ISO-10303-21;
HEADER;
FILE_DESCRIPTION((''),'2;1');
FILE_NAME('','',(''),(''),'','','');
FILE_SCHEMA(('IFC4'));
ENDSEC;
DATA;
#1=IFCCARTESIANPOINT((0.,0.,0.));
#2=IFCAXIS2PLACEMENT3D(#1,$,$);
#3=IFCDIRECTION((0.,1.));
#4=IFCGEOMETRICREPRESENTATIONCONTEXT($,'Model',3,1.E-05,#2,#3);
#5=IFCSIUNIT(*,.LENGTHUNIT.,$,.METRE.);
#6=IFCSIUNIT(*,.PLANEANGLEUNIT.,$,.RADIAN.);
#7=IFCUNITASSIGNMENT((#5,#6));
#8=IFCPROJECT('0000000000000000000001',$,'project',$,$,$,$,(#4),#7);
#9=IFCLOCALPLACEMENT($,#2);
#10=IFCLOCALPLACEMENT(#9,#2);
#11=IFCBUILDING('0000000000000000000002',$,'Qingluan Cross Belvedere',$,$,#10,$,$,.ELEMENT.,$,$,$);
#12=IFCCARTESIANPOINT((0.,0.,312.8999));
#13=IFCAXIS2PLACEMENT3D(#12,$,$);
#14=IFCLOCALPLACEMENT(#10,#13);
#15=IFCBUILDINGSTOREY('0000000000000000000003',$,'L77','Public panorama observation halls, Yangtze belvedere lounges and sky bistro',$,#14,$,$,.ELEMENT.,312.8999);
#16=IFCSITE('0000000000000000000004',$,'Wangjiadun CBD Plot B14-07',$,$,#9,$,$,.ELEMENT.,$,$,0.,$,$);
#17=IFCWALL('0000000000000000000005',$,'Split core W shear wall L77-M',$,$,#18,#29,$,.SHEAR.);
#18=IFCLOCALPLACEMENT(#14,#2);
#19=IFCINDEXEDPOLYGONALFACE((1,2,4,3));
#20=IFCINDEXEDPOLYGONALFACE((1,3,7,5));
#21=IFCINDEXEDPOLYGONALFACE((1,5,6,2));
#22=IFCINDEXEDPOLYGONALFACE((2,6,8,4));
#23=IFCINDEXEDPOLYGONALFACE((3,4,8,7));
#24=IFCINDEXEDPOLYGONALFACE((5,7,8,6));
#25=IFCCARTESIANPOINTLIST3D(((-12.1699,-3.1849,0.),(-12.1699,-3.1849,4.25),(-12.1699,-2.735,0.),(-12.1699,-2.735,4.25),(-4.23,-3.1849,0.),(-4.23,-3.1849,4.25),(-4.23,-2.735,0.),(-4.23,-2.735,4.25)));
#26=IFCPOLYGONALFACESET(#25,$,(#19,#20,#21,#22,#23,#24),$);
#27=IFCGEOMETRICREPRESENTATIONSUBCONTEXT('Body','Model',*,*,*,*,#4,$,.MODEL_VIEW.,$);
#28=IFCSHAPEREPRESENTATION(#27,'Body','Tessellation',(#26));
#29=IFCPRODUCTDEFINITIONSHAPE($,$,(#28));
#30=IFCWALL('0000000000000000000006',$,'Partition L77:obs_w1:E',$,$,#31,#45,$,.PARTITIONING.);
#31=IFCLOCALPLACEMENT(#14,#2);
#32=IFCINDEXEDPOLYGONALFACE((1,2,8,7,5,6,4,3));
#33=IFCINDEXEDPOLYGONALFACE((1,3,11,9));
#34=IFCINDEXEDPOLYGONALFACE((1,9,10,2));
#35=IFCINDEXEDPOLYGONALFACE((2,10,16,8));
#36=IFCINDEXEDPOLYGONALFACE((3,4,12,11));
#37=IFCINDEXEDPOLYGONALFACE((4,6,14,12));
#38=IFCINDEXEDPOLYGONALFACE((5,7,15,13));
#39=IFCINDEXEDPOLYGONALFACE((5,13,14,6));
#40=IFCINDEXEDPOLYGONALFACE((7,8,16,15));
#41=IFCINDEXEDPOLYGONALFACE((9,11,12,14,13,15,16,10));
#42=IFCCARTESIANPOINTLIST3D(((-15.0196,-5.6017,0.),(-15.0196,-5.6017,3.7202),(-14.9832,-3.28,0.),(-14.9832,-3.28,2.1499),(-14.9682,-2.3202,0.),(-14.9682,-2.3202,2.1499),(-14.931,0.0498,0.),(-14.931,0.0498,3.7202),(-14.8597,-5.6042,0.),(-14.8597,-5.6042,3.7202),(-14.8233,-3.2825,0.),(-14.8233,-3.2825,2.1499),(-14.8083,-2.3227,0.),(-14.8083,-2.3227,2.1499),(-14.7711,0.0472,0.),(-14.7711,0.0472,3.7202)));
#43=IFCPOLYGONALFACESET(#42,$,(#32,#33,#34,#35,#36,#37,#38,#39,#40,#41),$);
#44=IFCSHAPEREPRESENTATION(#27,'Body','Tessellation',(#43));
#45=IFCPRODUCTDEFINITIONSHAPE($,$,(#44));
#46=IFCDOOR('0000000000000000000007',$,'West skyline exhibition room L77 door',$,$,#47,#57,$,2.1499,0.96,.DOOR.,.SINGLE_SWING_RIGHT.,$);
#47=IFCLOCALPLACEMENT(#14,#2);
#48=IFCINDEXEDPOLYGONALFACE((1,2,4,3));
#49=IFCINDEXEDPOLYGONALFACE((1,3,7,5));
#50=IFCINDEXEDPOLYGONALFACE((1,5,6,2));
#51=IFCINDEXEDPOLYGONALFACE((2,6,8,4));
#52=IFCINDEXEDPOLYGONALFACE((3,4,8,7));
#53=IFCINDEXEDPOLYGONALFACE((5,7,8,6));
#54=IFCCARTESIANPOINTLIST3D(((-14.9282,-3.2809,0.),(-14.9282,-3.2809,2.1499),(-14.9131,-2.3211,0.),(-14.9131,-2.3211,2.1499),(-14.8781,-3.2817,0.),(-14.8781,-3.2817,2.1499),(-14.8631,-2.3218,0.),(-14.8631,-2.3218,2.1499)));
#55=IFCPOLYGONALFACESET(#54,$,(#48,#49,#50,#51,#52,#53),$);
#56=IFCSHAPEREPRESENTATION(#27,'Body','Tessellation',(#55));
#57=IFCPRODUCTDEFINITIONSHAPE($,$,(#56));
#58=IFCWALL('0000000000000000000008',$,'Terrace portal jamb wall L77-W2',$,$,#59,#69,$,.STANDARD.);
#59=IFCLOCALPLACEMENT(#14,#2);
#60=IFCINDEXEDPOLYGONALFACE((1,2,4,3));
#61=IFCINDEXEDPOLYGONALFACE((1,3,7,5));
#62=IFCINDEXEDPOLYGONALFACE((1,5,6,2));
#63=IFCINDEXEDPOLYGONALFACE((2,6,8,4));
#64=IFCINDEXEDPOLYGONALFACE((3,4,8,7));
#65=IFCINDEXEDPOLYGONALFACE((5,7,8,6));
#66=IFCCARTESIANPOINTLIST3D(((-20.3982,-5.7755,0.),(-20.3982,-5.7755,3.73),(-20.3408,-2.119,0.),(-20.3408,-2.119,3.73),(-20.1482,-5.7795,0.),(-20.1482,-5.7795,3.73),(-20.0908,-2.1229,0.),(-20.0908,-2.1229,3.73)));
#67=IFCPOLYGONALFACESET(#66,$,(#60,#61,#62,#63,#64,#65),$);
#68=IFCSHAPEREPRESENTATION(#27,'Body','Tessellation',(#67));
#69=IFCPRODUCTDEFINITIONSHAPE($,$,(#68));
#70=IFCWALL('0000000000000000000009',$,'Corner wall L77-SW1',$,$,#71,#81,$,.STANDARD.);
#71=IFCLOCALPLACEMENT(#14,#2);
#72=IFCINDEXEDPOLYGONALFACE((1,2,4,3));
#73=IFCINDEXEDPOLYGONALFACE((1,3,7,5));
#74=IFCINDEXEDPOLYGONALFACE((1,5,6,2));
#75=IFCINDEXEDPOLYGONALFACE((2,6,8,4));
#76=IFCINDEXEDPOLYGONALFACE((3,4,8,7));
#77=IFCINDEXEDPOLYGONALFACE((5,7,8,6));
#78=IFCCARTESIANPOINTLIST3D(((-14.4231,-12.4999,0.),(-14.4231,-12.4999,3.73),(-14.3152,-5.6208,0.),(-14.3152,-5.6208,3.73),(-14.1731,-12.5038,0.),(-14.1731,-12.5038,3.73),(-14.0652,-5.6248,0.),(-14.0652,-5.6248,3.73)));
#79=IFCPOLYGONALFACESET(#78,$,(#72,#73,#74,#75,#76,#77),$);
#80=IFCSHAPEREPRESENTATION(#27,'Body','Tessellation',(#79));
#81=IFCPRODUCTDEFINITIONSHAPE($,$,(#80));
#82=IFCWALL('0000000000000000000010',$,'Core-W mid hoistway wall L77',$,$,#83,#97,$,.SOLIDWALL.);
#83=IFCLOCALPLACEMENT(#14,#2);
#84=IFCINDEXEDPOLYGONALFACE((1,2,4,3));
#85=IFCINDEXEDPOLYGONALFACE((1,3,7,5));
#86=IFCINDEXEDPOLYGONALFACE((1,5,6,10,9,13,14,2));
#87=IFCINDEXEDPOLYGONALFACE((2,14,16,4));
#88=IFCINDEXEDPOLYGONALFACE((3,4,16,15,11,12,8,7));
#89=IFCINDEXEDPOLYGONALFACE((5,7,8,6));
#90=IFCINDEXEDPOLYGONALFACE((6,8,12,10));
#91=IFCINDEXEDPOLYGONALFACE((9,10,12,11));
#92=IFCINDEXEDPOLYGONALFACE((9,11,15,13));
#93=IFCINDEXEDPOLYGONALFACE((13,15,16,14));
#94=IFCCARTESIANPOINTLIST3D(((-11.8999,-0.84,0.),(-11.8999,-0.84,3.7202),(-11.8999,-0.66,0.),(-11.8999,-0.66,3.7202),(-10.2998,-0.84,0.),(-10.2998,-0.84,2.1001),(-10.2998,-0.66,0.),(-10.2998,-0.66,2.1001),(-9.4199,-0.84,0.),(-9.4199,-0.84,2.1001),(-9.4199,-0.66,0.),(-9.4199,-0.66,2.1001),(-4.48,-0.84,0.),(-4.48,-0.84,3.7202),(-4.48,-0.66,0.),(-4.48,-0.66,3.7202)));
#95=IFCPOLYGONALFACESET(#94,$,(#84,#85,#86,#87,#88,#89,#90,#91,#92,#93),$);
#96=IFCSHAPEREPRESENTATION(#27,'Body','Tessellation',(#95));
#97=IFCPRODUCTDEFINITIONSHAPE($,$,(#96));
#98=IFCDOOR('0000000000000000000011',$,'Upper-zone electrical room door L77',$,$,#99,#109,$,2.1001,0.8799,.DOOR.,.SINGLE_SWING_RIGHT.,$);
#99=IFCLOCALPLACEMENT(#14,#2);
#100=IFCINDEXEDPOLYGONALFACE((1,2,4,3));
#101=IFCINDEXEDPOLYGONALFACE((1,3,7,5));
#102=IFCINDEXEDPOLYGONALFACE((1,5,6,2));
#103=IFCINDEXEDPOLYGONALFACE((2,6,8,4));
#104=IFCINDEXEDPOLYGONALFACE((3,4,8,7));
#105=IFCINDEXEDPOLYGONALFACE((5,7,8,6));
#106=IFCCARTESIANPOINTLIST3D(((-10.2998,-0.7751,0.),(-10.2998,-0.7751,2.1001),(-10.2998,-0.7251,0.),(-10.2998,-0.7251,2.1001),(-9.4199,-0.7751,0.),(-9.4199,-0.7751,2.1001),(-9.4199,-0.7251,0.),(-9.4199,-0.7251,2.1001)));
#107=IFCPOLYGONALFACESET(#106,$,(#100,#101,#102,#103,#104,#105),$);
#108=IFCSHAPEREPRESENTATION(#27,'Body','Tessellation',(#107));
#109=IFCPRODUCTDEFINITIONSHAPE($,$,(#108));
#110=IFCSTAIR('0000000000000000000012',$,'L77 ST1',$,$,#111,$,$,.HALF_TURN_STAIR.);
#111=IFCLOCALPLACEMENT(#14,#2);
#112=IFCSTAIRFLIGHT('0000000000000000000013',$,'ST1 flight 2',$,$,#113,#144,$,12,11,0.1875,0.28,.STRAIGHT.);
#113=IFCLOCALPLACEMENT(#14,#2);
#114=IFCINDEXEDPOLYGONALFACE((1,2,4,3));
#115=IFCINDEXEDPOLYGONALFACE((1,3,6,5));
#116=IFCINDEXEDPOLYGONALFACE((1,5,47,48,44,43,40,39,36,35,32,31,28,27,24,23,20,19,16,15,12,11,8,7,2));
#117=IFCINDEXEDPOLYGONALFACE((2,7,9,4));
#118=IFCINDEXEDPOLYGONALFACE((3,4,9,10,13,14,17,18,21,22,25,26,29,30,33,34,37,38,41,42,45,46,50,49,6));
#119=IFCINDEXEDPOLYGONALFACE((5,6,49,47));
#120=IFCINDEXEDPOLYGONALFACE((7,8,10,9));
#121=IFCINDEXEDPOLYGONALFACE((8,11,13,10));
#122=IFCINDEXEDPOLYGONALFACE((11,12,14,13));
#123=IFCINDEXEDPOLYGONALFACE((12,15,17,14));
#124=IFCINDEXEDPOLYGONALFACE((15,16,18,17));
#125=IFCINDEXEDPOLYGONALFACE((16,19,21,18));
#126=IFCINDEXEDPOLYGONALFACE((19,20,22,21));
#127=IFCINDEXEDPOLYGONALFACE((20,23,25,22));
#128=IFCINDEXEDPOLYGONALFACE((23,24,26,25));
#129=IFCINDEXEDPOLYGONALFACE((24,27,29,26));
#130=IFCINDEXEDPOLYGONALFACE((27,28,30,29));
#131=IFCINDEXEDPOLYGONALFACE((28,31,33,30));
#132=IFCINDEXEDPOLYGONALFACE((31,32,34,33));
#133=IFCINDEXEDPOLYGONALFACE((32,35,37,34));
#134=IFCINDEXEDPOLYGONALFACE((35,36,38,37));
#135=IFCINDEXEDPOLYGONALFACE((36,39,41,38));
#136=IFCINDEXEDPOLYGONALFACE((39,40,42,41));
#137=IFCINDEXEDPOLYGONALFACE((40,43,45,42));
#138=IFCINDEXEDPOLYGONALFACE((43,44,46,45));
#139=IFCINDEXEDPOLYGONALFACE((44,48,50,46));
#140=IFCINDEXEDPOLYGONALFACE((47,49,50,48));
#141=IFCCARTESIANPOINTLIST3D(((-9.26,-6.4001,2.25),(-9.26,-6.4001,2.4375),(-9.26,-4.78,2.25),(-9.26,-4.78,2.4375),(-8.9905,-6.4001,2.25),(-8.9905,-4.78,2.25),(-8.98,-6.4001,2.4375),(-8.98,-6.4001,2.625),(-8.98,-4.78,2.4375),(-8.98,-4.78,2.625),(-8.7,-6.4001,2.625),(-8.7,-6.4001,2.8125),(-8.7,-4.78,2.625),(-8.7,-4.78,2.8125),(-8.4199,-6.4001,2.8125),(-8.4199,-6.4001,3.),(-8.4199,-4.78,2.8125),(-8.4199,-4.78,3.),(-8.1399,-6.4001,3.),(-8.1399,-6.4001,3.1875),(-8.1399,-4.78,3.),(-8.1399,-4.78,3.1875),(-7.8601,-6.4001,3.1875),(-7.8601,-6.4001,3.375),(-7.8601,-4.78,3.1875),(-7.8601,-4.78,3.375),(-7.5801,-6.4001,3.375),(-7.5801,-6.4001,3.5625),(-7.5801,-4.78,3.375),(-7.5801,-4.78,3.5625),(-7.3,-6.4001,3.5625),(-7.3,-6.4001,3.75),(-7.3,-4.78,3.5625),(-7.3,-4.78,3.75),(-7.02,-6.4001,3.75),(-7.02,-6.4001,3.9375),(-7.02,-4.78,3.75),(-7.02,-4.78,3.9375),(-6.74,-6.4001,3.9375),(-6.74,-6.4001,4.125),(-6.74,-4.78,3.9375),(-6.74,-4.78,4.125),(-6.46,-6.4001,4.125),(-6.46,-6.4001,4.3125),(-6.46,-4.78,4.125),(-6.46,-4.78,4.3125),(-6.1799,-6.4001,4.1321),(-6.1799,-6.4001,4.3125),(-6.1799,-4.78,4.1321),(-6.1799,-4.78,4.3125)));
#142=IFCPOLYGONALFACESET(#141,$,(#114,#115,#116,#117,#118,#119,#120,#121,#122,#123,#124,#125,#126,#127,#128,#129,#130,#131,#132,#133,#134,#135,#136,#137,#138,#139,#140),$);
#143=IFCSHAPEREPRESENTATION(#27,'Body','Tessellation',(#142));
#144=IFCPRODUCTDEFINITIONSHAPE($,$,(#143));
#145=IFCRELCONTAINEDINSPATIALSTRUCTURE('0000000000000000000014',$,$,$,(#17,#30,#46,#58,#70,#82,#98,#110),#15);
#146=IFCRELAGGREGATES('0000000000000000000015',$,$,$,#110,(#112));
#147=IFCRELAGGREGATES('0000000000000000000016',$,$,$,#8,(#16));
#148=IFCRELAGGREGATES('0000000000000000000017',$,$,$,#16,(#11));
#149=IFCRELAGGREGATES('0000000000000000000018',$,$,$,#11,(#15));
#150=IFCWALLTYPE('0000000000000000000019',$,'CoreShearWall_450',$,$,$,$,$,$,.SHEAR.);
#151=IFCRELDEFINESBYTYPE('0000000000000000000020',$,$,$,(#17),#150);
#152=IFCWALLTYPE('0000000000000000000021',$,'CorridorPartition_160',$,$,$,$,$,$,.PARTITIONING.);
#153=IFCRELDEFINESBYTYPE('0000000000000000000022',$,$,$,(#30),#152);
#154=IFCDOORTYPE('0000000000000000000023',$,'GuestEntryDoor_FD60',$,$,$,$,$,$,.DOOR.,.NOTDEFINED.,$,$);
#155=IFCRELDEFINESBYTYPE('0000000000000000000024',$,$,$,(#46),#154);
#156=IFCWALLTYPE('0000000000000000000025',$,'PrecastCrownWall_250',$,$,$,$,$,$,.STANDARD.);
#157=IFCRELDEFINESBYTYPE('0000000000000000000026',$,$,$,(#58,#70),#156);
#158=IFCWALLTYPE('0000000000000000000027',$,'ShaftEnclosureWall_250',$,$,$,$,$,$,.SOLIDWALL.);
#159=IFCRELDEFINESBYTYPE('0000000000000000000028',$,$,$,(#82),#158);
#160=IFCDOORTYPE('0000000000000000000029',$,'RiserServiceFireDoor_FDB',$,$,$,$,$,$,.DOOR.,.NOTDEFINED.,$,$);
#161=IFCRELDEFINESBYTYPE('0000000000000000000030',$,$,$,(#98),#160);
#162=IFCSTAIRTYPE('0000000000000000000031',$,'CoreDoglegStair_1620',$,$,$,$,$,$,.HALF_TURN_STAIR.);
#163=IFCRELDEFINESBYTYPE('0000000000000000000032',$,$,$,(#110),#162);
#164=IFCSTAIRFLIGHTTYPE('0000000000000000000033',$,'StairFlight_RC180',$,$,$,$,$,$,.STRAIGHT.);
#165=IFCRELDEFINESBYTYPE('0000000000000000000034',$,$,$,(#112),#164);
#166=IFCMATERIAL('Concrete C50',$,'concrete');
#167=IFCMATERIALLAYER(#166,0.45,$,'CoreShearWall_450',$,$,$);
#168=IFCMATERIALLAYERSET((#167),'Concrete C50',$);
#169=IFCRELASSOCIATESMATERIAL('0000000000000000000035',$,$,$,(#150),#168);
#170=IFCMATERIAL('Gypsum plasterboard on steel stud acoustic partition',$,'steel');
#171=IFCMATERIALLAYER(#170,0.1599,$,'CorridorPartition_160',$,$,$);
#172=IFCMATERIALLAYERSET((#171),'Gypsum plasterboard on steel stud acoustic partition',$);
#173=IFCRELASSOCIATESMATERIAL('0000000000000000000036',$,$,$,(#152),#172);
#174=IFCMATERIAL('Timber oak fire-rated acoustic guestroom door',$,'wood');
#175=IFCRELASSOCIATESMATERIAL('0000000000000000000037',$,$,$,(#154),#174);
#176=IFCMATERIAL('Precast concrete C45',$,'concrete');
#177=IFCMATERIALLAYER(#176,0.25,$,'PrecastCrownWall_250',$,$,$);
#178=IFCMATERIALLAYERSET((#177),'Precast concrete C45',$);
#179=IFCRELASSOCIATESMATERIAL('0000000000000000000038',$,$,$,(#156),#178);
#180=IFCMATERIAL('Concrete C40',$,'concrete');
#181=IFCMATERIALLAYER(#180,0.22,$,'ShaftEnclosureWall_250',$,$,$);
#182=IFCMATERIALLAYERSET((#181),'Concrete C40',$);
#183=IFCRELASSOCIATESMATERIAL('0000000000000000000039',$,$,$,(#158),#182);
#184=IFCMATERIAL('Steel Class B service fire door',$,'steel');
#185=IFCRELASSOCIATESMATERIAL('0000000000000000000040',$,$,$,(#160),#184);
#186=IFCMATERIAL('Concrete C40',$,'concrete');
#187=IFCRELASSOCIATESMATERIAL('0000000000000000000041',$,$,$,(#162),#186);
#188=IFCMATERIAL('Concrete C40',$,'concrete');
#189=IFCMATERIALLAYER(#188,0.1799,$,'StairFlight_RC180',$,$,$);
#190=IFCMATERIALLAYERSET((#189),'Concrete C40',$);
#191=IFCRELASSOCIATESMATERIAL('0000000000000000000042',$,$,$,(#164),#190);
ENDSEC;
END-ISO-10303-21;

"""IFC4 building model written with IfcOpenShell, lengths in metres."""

from ifc_helpers import new_model, si_unit, direction, frame, frame_2d, origin, place, context, subcontext, project, spatial, polyline, rectangle, outline, extrude, material, layer, layer_set, type_object, element, fill, aggregate, save


model = new_model("IFC4")

# Units and contexts
model_context = context("Model", 3, precision=1e-05, world=origin(), true_north=direction((0.0, 1.0)))
body_context = subcontext(model_context, "Body", "Model", "MODEL_VIEW")
ifc_project = project(units=[si_unit("LENGTHUNIT", "METRE"), si_unit("PLANEANGLEUNIT", "RADIAN")], contexts=[model_context])

# Site, building, storey
site_placement = place(None, origin())
site = spatial("IfcSite", under=ifc_project, at=site_placement, Name="Wangjiadun CBD Plot B14-07", CompositionType="ELEMENT", RefElevation=0.0)
building_placement = place(site_placement, origin())
building = spatial("IfcBuilding", under=site, at=building_placement, Name="Qingluan Cross Belvedere", CompositionType="ELEMENT")
storey_placement = place(building_placement, frame((0.0, 0.0, 312.8999)))
storey = spatial("IfcBuildingStorey", under=building, at=storey_placement, Name="L77", Description="Public panorama observation halls, Yangtze belvedere lounges and sky bistro", CompositionType="ELEMENT", Elevation=312.8999)

# Wall
ifc_material_1 = material(Name="Concrete C50", Category="concrete")
ifc_layer_1 = layer(ifc_material_1, 0.45, Name="CoreShearWall_450")
ifc_layer_set_1 = layer_set([ifc_layer_1], Name="Concrete C50")
wall_type_1 = type_object("IfcWallType", Name="CoreShearWall_450", PredefinedType="SHEAR", material=ifc_layer_set_1)
wall_1_placement = place(storey_placement, frame((-12.1699, -2.96, 0.0), z_axis=(0.0, 0.0, 1.0), x_axis=(1.0, 0.0, 0.0)))
element("IfcWall", 1, at=wall_1_placement, inside=storey, type_object=wall_type_1, Name="Split core W shear wall L77-M", PredefinedType="SHEAR", context=body_context, shape_type="SweptSolid", body=[
    extrude(rectangle(XDim=7.9399, YDim=0.45, at=frame_2d((3.97, 0.0))), origin(), (0.0, 0.0, 1.0), 4.25),
])

# Wall, opening, door
ifc_material_2 = material(Name="Gypsum plasterboard on steel stud acoustic partition", Category="steel")
ifc_layer_2 = layer(ifc_material_2, 0.1599, Name="CorridorPartition_160")
ifc_layer_set_2 = layer_set([ifc_layer_2], Name="Gypsum plasterboard on steel stud acoustic partition")
wall_type_2 = type_object("IfcWallType", Name="CorridorPartition_160", PredefinedType="PARTITIONING", material=ifc_layer_set_2)
wall_2_placement = place(storey_placement, frame((-14.9397, -5.603, 0.0), z_axis=(0.0, 0.0, 1.0), x_axis=(0.01568, 0.999877, 0.0)))
wall_2 = element("IfcWall", 2, at=wall_2_placement, inside=storey, type_object=wall_type_2, Name="Partition L77:obs_w1:E", PredefinedType="PARTITIONING", context=body_context, shape_type="SweptSolid", body=[
    extrude(rectangle(XDim=5.6521, YDim=0.1599, at=frame_2d((2.8262, 0.0))), origin(), (0.0, 0.0, 1.0), 3.7202),
])
opening_1_placement = place(wall_2_placement, frame((2.322, 0.0, 0.0)))
opening_1 = element("IfcOpeningElement", 3, at=opening_1_placement, cuts=wall_2, PredefinedType="OPENING", context=body_context, shape_type="SweptSolid", body=[
    extrude(rectangle(XDim=0.96, YDim=2.1499, at=frame_2d((0.48, 1.075))), frame((0.0, 0.0898, 0.0), z_axis=(0.0, -1.0, 0.0), x_axis=(1.0, 0.0, 0.0)), (0.0, 0.0, 1.0), 0.1799),
])
ifc_material_3 = material(Name="Timber oak fire-rated acoustic guestroom door", Category="wood")
door_type_1 = type_object("IfcDoorType", Name="GuestEntryDoor_FD60", OperationType="NOTDEFINED", PredefinedType="DOOR", material=ifc_material_3)
door_1_placement = place(opening_1_placement, origin())
door_1 = element("IfcDoor", 4, at=door_1_placement, inside=storey, type_object=door_type_1, Name="West skyline exhibition room L77 door", OperationType="SINGLE_SWING_RIGHT", OverallHeight=2.1499, OverallWidth=0.96, PredefinedType="DOOR", context=body_context, shape_type="SweptSolid", body=[
    extrude(rectangle(XDim=0.96, YDim=2.1499, at=frame_2d((0.48, 1.075))), frame((0.0, 0.0249, 0.0), z_axis=(0.0, -1.0, 0.0), x_axis=(1.0, 0.0, 0.0)), (0.0, 0.0, 1.0), 0.05),
])
fill(opening_1, door_1)

# Walls
ifc_material_4 = material(Name="Precast concrete C45", Category="concrete")
ifc_layer_3 = layer(ifc_material_4, 0.25, Name="PrecastCrownWall_250")
ifc_layer_set_3 = layer_set([ifc_layer_3], Name="Precast concrete C45")
wall_type_3 = type_object("IfcWallType", Name="PrecastCrownWall_250", PredefinedType="STANDARD", material=ifc_layer_set_3)
wall_3_placement = place(storey_placement, frame((-20.2158, -2.1208, 0.0), z_axis=(0.0, 0.0, 1.0), x_axis=(-0.015689, -0.999877, 0.0)))
element("IfcWall", 5, at=wall_3_placement, inside=storey, type_object=wall_type_3, Name="Terrace portal jamb wall L77-W2", PredefinedType="STANDARD", context=body_context, shape_type="SweptSolid", body=[
    extrude(rectangle(XDim=3.657, YDim=0.25, at=frame_2d((1.8286, 0.0))), origin(), (0.0, 0.0, 1.0), 3.73),
])
wall_4_placement = place(storey_placement, frame((-14.1902, -5.6228, 0.0), z_axis=(0.0, 0.0, 1.0), x_axis=(-0.015685, -0.999877, 0.0)))
element("IfcWall", 6, at=wall_4_placement, inside=storey, type_object=wall_type_3, Name="Corner wall L77-SW1", PredefinedType="STANDARD", context=body_context, shape_type="SweptSolid", body=[
    extrude(rectangle(XDim=6.8799, YDim=0.25, at=frame_2d((3.4399, 0.0))), origin(), (0.0, 0.0, 1.0), 3.73),
])

# Wall, opening, door
ifc_material_5 = material(Name="Concrete C40", Category="concrete")
ifc_layer_4 = layer(ifc_material_5, 0.22, Name="ShaftEnclosureWall_250")
ifc_layer_set_4 = layer_set([ifc_layer_4], Name="Concrete C40")
wall_type_4 = type_object("IfcWallType", Name="ShaftEnclosureWall_250", PredefinedType="SOLIDWALL", material=ifc_layer_set_4)
wall_5_placement = place(storey_placement, frame((-11.8999, -0.75, 0.0), z_axis=(0.0, 0.0, 1.0), x_axis=(1.0, 0.0, 0.0)))
wall_5 = element("IfcWall", 7, at=wall_5_placement, inside=storey, type_object=wall_type_4, Name="Core-W mid hoistway wall L77", PredefinedType="SOLIDWALL", context=body_context, shape_type="SweptSolid", body=[
    extrude(rectangle(XDim=7.4199, YDim=0.1799, at=frame_2d((3.71, 0.0))), origin(), (0.0, 0.0, 1.0), 3.7202),
])
opening_2_placement = place(wall_5_placement, frame((1.6001, 0.0, 0.0)))
opening_2 = element("IfcOpeningElement", 8, at=opening_2_placement, cuts=wall_5, PredefinedType="OPENING", context=body_context, shape_type="SweptSolid", body=[
    extrude(rectangle(XDim=0.8799, YDim=2.1001, at=frame_2d((0.4399, 1.05))), frame((0.0, 0.0999, 0.0), z_axis=(0.0, -1.0, 0.0), x_axis=(1.0, 0.0, 0.0)), (0.0, 0.0, 1.0), 0.2),
])
ifc_material_6 = material(Name="Steel Class B service fire door", Category="steel")
door_type_2 = type_object("IfcDoorType", Name="RiserServiceFireDoor_FDB", OperationType="NOTDEFINED", PredefinedType="DOOR", material=ifc_material_6)
door_2_placement = place(opening_2_placement, origin())
door_2 = element("IfcDoor", 9, at=door_2_placement, inside=storey, type_object=door_type_2, Name="Upper-zone electrical room door L77", OperationType="SINGLE_SWING_RIGHT", OverallHeight=2.1001, OverallWidth=0.8799, PredefinedType="DOOR", context=body_context, shape_type="SweptSolid", body=[
    extrude(rectangle(XDim=0.8799, YDim=2.1001, at=frame_2d((0.4399, 1.05))), frame((0.0, 0.0249, 0.0), z_axis=(0.0, -1.0, 0.0), x_axis=(1.0, 0.0, 0.0)), (0.0, 0.0, 1.0), 0.05),
])
fill(opening_2, door_2)

# Stair, stair flight
ifc_material_7 = material(Name="Concrete C40", Category="concrete")
stair_type = type_object("IfcStairType", Name="CoreDoglegStair_1620", PredefinedType="HALF_TURN_STAIR", material=ifc_material_7)
stair_placement = place(storey_placement, origin())
stair = element("IfcStair", 10, at=stair_placement, inside=storey, type_object=stair_type, Name="L77 ST1", PredefinedType="HALF_TURN_STAIR")
ifc_material_8 = material(Name="Concrete C40", Category="concrete")
ifc_layer_5 = layer(ifc_material_8, 0.1799, Name="StairFlight_RC180")
ifc_layer_set_5 = layer_set([ifc_layer_5], Name="Concrete C40")
stair_flight_type = type_object("IfcStairFlightType", Name="StairFlight_RC180", PredefinedType="STRAIGHT", material=ifc_layer_set_5)
stair_flight_placement = place(storey_placement, frame((-9.26, -5.5901, 2.25), z_axis=(0.0, 0.0, 1.0), x_axis=(1.0, 0.0, 0.0)))
stair_flight = element("IfcStairFlight", 11, at=stair_flight_placement, type_object=stair_flight_type, Name="ST1 flight 2", NumberOfRisers=12, NumberOfTreads=11, PredefinedType="STRAIGHT", RiserHeight=0.1875, TreadLength=0.28, context=body_context, shape_type="SweptSolid", body=[
    extrude(outline(polyline([(0.0, 0.0), (0.0, 0.1875), (0.28, 0.1875), (0.28, 0.375), (0.5601, 0.375), (0.5601, 0.5625), (0.8401, 0.5625), (0.8401, 0.75), (1.1201, 0.75), (1.1201, 0.9375), (1.3999, 0.9375), (1.3999, 1.125), (1.6799, 1.125), (1.6799, 1.3125), (1.96, 1.3125), (1.96, 1.5), (2.24, 1.5), (2.24, 1.6875), (2.52, 1.6875), (2.52, 1.875), (2.8, 1.875), (2.8, 2.0625), (3.0801, 2.0625), (3.0801, 2.25), (3.0801, 1.8821), (0.2695, 0.0), (0.0, 0.0)])), frame((0.0, 0.8101, 0.0), z_axis=(0.0, -1.0, 0.0), x_axis=(1.0, 0.0, 0.0)), (0.0, 0.0, 1.0), 1.6201),
])
aggregate(stair, [stair_flight])

save(model, "model.ifc")
